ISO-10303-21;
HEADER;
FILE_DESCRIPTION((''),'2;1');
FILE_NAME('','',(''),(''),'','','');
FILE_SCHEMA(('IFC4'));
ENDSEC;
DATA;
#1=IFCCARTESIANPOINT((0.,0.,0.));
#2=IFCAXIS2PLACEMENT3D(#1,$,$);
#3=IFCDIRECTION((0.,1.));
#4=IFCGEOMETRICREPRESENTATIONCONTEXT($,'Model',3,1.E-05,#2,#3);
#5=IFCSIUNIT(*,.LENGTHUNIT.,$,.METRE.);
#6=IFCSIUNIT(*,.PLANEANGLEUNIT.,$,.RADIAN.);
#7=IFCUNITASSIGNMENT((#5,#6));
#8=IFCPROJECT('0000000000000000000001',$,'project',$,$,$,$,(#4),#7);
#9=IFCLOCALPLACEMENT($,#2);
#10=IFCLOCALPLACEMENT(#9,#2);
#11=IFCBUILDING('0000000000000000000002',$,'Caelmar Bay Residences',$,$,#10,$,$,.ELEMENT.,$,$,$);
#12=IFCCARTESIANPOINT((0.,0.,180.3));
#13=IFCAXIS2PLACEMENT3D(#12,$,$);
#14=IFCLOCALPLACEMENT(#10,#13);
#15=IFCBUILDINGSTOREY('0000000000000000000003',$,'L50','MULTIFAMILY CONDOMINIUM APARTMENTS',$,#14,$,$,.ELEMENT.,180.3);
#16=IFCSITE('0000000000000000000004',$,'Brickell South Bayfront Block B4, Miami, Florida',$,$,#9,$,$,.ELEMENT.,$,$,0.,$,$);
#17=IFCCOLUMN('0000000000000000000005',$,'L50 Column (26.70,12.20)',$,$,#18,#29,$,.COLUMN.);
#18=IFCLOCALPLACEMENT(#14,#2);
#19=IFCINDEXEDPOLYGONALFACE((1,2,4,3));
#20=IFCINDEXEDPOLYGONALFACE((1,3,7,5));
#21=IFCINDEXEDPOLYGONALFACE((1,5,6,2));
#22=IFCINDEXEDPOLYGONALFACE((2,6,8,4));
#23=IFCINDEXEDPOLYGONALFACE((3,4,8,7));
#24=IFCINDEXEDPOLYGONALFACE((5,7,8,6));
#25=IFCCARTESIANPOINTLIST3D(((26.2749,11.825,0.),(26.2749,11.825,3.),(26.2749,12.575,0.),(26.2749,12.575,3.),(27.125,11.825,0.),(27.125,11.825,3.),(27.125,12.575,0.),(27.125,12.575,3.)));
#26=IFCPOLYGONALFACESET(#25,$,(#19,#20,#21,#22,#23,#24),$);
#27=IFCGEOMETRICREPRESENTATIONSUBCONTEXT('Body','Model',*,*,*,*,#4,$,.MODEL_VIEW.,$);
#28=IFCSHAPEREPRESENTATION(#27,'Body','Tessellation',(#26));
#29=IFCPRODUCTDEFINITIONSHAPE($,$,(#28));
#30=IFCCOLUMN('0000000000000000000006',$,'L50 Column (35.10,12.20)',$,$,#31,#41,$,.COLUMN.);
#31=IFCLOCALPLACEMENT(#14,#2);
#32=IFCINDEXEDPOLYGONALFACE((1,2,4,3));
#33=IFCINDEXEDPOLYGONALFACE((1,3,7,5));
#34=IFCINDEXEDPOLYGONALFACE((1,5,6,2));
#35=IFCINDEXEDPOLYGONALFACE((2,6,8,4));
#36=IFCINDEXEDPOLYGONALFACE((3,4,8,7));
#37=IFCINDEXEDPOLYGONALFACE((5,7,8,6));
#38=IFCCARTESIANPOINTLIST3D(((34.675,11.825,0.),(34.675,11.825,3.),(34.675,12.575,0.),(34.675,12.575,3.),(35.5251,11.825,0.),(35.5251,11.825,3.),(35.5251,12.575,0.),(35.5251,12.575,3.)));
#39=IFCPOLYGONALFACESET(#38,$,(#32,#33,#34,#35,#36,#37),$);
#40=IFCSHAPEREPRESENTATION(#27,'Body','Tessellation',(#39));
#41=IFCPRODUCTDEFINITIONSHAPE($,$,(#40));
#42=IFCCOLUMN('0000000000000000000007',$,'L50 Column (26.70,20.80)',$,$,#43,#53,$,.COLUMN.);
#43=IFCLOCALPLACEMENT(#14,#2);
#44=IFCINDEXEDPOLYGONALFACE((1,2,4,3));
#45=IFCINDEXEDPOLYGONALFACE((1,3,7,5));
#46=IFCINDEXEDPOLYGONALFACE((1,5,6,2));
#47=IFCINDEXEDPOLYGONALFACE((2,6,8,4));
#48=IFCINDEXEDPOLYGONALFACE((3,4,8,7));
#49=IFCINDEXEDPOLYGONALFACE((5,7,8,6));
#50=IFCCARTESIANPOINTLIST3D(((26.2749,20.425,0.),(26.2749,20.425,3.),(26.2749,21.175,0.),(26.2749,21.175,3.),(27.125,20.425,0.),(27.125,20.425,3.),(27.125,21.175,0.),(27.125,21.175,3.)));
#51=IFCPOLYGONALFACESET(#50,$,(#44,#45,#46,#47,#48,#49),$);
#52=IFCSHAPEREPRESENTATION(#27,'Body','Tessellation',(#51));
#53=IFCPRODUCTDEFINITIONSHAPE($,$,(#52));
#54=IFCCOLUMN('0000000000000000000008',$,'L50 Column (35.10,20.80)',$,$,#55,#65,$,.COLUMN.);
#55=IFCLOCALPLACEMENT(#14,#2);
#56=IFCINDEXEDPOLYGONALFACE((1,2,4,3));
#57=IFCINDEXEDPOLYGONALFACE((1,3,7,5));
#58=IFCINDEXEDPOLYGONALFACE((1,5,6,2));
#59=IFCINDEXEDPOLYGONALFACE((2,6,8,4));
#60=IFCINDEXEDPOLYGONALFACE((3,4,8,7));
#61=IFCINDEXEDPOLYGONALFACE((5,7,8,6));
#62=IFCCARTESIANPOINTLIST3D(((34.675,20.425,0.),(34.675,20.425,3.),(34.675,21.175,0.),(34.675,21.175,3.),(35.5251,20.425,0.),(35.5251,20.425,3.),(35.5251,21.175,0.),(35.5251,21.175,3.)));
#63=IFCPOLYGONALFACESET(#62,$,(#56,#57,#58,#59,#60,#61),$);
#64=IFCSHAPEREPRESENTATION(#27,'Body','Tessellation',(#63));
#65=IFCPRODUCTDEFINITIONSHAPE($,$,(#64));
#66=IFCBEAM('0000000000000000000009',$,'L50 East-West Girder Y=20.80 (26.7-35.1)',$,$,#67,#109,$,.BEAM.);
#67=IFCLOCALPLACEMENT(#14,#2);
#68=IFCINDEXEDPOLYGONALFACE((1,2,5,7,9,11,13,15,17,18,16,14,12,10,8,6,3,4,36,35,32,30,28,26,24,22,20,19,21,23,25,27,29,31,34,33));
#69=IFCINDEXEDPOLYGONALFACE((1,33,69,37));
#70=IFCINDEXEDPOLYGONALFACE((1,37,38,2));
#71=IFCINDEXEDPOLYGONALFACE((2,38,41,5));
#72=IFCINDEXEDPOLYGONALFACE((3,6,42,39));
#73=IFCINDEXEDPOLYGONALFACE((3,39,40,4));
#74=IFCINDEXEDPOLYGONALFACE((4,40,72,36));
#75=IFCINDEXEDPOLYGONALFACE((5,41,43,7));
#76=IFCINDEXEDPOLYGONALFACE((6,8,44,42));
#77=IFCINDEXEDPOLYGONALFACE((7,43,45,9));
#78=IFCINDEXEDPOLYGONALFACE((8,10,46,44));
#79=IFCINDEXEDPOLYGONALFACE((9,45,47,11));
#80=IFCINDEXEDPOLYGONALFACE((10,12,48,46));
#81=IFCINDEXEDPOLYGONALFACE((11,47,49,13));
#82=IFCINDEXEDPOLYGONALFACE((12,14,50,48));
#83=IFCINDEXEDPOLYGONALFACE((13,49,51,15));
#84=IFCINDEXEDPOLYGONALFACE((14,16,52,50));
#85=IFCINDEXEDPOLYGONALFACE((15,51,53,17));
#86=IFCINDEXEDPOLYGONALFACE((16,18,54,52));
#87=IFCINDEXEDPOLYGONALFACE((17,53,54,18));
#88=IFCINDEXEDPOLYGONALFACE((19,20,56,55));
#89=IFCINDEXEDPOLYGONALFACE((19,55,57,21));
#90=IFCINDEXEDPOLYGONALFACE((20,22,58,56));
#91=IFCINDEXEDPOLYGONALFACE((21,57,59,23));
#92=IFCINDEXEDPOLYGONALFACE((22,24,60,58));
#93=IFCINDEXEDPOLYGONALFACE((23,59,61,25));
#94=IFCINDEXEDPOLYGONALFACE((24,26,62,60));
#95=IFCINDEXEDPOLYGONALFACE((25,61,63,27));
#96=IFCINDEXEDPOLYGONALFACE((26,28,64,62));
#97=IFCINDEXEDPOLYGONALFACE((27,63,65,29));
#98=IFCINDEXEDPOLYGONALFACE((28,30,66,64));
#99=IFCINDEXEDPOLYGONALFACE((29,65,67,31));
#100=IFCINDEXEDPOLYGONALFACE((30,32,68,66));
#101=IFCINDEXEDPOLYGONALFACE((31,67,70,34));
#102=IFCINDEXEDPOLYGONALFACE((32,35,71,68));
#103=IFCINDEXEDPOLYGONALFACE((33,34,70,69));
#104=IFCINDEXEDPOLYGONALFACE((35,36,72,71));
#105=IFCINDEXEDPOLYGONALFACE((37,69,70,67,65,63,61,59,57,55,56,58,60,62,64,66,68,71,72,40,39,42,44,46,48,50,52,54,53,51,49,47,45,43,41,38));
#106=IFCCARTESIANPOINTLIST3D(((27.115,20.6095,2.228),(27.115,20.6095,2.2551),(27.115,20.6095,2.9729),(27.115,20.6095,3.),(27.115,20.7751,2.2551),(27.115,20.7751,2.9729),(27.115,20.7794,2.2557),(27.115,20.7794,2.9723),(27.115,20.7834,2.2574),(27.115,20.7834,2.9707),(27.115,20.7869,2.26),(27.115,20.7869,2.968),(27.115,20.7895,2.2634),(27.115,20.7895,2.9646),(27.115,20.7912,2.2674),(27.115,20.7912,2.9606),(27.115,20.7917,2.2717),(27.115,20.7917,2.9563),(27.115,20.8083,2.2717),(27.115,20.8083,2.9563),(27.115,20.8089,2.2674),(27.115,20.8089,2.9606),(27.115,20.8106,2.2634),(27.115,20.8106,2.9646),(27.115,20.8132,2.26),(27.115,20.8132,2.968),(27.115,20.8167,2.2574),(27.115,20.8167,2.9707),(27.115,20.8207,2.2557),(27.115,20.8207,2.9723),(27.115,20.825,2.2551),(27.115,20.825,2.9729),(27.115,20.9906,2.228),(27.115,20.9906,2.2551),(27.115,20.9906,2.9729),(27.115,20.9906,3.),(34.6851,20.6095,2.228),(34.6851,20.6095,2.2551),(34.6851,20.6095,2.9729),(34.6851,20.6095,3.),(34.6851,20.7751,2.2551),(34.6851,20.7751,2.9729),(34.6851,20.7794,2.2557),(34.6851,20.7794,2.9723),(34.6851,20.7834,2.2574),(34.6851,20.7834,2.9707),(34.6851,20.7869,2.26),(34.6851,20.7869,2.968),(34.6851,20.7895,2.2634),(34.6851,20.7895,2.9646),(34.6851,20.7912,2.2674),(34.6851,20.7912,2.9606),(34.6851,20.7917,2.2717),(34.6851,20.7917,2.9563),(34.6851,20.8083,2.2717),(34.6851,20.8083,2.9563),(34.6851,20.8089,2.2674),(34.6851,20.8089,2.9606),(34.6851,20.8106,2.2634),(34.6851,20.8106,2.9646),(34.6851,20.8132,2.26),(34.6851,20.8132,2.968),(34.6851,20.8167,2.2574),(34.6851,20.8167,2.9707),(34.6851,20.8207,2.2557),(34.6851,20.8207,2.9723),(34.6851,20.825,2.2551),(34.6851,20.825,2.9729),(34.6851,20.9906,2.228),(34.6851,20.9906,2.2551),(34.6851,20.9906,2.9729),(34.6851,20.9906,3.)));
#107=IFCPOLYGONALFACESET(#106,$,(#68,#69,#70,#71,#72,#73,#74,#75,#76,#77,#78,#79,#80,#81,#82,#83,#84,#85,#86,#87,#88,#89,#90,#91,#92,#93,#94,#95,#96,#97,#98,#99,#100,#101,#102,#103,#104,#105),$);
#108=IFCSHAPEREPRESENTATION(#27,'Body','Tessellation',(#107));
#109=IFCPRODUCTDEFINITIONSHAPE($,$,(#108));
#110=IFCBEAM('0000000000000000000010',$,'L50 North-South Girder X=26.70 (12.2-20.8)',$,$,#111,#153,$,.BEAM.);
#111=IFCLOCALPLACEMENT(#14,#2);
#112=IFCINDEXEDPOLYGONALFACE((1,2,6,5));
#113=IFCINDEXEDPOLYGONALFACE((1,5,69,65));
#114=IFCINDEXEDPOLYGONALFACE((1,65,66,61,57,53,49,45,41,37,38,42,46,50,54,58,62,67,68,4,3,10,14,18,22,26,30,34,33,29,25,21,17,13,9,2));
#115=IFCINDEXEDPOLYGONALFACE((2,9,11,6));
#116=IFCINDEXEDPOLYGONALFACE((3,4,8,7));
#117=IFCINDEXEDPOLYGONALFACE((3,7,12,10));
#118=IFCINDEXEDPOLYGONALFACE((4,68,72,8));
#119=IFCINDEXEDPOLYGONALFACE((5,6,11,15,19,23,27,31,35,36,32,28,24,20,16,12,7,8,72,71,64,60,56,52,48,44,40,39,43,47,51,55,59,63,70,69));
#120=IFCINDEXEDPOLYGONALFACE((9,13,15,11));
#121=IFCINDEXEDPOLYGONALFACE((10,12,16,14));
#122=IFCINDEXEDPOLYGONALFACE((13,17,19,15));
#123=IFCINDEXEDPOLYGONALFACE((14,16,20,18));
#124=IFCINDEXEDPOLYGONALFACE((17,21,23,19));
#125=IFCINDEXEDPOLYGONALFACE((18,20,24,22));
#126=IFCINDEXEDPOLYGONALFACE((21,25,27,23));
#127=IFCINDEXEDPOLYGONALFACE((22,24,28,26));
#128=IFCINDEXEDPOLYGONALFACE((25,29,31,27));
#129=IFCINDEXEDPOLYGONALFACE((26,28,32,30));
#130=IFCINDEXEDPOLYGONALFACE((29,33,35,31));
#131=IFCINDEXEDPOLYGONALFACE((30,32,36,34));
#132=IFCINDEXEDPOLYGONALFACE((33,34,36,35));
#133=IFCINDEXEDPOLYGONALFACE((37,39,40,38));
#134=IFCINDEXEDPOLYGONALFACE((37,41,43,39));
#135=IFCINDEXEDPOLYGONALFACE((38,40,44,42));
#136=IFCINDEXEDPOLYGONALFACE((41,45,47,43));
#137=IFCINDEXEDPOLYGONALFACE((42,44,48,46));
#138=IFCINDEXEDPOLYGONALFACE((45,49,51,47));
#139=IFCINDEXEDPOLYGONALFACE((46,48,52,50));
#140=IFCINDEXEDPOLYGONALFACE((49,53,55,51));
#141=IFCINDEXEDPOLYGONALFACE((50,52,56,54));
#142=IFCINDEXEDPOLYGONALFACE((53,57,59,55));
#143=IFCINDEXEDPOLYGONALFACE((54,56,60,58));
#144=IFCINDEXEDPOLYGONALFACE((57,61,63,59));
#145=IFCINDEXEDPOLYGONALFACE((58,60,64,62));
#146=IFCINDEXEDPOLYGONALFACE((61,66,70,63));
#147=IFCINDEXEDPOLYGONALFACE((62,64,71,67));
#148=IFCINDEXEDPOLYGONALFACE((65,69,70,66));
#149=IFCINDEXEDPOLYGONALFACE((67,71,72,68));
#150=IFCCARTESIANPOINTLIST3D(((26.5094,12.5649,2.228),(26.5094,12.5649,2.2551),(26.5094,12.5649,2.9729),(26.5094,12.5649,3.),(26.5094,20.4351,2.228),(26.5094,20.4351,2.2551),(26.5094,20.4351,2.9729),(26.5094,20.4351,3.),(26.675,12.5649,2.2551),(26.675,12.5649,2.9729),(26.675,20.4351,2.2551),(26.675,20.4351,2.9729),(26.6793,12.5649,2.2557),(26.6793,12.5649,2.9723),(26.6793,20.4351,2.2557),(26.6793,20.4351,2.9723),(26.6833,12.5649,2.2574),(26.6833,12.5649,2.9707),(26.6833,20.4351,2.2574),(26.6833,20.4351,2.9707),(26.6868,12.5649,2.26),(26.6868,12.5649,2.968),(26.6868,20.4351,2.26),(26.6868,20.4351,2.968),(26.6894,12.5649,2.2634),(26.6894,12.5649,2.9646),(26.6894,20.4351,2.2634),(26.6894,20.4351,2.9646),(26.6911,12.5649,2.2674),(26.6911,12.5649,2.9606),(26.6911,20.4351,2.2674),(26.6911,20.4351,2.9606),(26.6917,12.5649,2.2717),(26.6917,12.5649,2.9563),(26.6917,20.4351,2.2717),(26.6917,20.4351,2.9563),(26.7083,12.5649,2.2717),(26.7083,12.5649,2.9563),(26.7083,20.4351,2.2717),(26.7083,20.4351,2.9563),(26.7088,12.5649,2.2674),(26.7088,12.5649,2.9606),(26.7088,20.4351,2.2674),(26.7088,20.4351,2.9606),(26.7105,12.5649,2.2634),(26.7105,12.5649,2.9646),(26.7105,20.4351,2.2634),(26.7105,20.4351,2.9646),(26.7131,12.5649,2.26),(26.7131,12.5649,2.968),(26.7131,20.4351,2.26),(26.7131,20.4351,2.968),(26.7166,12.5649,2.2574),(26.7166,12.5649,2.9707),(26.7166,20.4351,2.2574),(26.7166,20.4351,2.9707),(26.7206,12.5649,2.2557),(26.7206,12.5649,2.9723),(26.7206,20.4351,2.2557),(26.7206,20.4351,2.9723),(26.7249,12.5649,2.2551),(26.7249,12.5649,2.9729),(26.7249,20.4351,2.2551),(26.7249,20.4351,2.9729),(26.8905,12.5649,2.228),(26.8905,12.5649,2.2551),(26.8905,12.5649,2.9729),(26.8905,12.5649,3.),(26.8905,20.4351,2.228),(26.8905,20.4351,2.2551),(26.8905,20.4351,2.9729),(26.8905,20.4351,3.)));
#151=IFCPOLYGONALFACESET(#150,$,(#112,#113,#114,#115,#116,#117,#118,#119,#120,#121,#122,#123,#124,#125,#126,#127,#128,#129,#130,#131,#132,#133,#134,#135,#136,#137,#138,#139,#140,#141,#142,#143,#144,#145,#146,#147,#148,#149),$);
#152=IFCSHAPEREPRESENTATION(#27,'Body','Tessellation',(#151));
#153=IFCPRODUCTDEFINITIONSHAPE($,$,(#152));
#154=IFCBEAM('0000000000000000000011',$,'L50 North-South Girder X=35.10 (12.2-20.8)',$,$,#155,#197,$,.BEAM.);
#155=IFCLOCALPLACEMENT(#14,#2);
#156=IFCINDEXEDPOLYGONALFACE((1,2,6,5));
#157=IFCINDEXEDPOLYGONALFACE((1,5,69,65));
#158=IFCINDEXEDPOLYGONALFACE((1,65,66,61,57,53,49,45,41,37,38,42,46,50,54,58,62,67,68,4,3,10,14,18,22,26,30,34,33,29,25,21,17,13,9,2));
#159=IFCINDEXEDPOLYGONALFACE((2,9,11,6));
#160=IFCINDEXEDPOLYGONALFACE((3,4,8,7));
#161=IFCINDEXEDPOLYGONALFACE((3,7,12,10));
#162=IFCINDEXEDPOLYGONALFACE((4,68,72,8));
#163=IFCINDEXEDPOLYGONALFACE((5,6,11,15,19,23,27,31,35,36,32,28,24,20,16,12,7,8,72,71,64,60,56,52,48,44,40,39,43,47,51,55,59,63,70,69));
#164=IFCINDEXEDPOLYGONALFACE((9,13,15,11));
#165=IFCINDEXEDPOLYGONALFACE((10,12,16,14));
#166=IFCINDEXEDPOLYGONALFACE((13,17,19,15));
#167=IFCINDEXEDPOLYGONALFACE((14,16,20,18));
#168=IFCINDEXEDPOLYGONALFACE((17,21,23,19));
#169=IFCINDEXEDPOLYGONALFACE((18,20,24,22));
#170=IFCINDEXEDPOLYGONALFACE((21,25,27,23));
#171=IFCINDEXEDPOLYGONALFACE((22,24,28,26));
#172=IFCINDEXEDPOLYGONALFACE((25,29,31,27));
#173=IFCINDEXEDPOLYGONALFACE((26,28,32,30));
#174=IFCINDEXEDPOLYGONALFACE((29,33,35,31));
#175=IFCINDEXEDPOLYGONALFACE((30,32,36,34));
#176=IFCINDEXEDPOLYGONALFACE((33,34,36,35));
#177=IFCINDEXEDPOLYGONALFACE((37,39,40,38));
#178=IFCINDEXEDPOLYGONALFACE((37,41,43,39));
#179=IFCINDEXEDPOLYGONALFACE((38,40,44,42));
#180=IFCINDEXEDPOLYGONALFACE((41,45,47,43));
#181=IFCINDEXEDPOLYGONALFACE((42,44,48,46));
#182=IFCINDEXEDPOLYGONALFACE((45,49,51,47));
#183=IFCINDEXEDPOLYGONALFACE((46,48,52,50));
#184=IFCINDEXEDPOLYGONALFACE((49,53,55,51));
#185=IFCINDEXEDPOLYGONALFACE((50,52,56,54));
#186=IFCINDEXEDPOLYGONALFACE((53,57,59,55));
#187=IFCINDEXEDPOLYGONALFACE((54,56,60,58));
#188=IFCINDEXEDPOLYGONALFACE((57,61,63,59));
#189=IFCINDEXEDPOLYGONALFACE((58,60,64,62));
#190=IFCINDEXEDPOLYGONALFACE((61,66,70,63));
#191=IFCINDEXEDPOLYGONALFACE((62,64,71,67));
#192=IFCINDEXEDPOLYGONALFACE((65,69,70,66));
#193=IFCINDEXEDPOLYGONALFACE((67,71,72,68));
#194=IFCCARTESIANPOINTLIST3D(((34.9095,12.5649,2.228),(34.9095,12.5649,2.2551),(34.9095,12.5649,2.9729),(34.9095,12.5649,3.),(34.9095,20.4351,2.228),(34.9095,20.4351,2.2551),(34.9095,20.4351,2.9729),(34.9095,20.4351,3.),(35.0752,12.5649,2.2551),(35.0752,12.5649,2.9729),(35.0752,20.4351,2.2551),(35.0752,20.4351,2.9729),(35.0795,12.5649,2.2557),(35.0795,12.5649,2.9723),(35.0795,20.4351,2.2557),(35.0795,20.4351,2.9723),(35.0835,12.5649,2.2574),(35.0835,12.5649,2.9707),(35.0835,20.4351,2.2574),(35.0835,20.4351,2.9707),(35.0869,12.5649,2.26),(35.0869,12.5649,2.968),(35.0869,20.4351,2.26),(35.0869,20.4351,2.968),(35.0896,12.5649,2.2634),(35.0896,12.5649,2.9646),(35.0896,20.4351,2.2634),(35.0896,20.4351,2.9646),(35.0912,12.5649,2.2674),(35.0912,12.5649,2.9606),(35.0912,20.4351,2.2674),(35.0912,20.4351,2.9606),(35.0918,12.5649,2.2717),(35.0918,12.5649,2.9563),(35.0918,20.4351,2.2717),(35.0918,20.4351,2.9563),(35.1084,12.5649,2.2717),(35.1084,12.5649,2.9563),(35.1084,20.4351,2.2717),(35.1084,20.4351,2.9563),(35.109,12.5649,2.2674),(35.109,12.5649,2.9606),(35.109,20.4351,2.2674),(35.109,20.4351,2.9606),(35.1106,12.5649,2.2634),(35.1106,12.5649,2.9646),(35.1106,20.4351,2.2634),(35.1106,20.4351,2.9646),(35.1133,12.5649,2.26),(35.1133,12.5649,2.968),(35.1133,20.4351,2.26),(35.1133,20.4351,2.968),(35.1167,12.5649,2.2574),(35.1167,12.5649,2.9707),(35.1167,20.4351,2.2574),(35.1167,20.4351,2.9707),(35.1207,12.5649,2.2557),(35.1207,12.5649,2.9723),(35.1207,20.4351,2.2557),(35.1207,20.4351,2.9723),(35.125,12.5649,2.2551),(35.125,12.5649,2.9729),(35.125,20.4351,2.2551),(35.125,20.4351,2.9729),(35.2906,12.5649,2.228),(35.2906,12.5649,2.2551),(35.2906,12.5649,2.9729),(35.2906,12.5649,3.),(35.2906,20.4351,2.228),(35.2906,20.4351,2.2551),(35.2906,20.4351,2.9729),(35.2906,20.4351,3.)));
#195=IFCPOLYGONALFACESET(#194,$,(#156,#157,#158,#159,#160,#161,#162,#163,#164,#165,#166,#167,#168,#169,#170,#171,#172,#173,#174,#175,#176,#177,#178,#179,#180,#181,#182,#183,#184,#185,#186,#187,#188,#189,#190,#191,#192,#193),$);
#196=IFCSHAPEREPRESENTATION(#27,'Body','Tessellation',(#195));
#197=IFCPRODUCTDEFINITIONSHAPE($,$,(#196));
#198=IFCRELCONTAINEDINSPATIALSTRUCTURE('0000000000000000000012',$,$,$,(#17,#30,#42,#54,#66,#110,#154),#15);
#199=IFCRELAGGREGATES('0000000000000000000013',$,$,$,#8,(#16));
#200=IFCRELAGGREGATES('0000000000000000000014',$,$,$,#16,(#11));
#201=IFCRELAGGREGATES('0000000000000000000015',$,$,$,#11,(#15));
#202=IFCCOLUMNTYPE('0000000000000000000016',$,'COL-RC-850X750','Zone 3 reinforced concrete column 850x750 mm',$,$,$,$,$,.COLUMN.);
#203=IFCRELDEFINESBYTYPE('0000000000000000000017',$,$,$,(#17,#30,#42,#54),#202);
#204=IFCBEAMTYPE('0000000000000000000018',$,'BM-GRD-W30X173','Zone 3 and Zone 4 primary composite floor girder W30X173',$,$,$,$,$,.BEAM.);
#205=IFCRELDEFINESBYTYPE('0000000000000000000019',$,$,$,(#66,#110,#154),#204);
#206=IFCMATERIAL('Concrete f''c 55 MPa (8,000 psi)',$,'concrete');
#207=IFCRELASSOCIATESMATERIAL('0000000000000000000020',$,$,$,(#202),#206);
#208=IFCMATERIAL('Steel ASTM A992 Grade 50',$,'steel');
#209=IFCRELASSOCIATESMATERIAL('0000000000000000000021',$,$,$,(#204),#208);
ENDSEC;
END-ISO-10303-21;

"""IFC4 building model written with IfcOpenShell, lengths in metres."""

from ifc_helpers import new_model, si_unit, direction, frame, origin, origin_2d, place, context, subcontext, project, spatial, rectangle, i_section, extrude, material, material_profile, profile_set, type_object, element, save


model = new_model("IFC4")

# Units and contexts
model_context = context("Model", 3, precision=1e-05, world=origin(), true_north=direction((0.0, 1.0)))
body_context = subcontext(model_context, "Body", "Model", "MODEL_VIEW")
ifc_project = project(units=[si_unit("LENGTHUNIT", "METRE"), si_unit("PLANEANGLEUNIT", "RADIAN")], contexts=[model_context])

# Site, building, storey
site_placement = place(None, origin())
site = spatial("IfcSite", under=ifc_project, at=site_placement, Name="Brickell South Bayfront Block B4, Miami, Florida", CompositionType="ELEMENT", RefElevation=0.0)
building_placement = place(site_placement, origin())
building = spatial("IfcBuilding", under=site, at=building_placement, Name="Caelmar Bay Residences", CompositionType="ELEMENT")
storey_placement = place(building_placement, frame((0.0, 0.0, 180.3)))
storey = spatial("IfcBuildingStorey", under=building, at=storey_placement, Name="L50", Description="MULTIFAMILY CONDOMINIUM APARTMENTS", CompositionType="ELEMENT", Elevation=180.3)

# Columns
ifc_material_1 = material(Name="Concrete f'c 55 MPa (8,000 psi)", Category="concrete")
ifc_material_profile_1 = material_profile(ifc_material_1, rectangle(XDim=0.8501, YDim=0.75, at=origin_2d()), Name="RC-COL-850X750")
ifc_profile_set_1 = profile_set([ifc_material_profile_1], Name="Concrete f'c 55 MPa (8,000 psi)")
column_type = type_object("IfcColumnType", Name="COL-RC-850X750", Description="Zone 3 reinforced concrete column 850x750 mm", PredefinedType="COLUMN", material=ifc_profile_set_1)
for number, where, z_axis, x_axis, name in (
    (1, (26.7, 12.2, 0.0), (0.0, 0.0, 1.0), (1.0, 0.0, 0.0), "L50 Column (26.70,12.20)"),
    (2, (35.1001, 12.2, 0.0), (0.0, 0.0, 1.0), (1.0, 0.0, 0.0), "L50 Column (35.10,12.20)"),
    (3, (26.7, 20.8, 0.0), (0.0, 0.0, 1.0), (1.0, 0.0, 0.0), "L50 Column (26.70,20.80)"),
    (4, (35.1001, 20.8, 0.0), (0.0, 0.0, 1.0), (1.0, 0.0, 0.0), "L50 Column (35.10,20.80)"),
):
    element("IfcColumn", number, at=place(storey_placement, frame(where, z_axis=z_axis, x_axis=x_axis)), inside=storey, type_object=column_type, Name=name, PredefinedType="COLUMN", context=body_context, shape_type="SweptSolid", body=[
        extrude(rectangle(XDim=0.8501, YDim=0.75, at=origin_2d()), origin(), (0.0, 0.0, 1.0), 3.0),
    ])

# Beams
ifc_material_2 = material(Name="Steel ASTM A992 Grade 50", Category="steel")
ifc_material_profile_2 = material_profile(ifc_material_2, i_section(OverallWidth=0.3811, OverallDepth=0.772, WebThickness=0.0166, FlangeThickness=0.0271, FilletRadius=0.0166, at=origin_2d()), Name="W30X173")
ifc_profile_set_2 = profile_set([ifc_material_profile_2], Name="Steel ASTM A992 Grade 50")
beam_type_1 = type_object("IfcBeamType", Name="BM-GRD-W30X173", Description="Zone 3 and Zone 4 primary composite floor girder W30X173", PredefinedType="BEAM", material=ifc_profile_set_2)
beam_1_placement = place(storey_placement, frame((27.115, 20.8, 2.614), z_axis=(1.0, 0.0, 0.0), x_axis=(0.0, 1.0, 0.0)))
element("IfcBeam", 5, at=beam_1_placement, inside=storey, type_object=beam_type_1, Name="L50 East-West Girder Y=20.80 (26.7-35.1)", PredefinedType="BEAM", context=body_context, shape_type="SweptSolid", body=[
    extrude(i_section(OverallWidth=0.3811, OverallDepth=0.772, WebThickness=0.0166, FlangeThickness=0.0271, FilletRadius=0.0166, at=origin_2d()), origin(), (0.0, 0.0, 1.0), 7.5701),
])
for number, where, z_axis, x_axis, name in (
    (6, (26.7, 12.5649, 2.614), (0.0, 1.0, 0.0), (-1.0, 0.0, 0.0), "L50 North-South Girder X=26.70 (12.2-20.8)"),
    (7, (35.1001, 12.5649, 2.614), (0.0, 1.0, 0.0), (-1.0, 0.0, 0.0), "L50 North-South Girder X=35.10 (12.2-20.8)"),
):
    element("IfcBeam", number, at=place(storey_placement, frame(where, z_axis=z_axis, x_axis=x_axis)), inside=storey, type_object=beam_type_1, Name=name, PredefinedType="BEAM", context=body_context, shape_type="SweptSolid", body=[
        extrude(i_section(OverallWidth=0.3811, OverallDepth=0.772, WebThickness=0.0166, FlangeThickness=0.0271, FilletRadius=0.0166, at=origin_2d()), origin(), (0.0, 0.0, 1.0), 7.8701),
    ])

save(model, "model.ifc")
